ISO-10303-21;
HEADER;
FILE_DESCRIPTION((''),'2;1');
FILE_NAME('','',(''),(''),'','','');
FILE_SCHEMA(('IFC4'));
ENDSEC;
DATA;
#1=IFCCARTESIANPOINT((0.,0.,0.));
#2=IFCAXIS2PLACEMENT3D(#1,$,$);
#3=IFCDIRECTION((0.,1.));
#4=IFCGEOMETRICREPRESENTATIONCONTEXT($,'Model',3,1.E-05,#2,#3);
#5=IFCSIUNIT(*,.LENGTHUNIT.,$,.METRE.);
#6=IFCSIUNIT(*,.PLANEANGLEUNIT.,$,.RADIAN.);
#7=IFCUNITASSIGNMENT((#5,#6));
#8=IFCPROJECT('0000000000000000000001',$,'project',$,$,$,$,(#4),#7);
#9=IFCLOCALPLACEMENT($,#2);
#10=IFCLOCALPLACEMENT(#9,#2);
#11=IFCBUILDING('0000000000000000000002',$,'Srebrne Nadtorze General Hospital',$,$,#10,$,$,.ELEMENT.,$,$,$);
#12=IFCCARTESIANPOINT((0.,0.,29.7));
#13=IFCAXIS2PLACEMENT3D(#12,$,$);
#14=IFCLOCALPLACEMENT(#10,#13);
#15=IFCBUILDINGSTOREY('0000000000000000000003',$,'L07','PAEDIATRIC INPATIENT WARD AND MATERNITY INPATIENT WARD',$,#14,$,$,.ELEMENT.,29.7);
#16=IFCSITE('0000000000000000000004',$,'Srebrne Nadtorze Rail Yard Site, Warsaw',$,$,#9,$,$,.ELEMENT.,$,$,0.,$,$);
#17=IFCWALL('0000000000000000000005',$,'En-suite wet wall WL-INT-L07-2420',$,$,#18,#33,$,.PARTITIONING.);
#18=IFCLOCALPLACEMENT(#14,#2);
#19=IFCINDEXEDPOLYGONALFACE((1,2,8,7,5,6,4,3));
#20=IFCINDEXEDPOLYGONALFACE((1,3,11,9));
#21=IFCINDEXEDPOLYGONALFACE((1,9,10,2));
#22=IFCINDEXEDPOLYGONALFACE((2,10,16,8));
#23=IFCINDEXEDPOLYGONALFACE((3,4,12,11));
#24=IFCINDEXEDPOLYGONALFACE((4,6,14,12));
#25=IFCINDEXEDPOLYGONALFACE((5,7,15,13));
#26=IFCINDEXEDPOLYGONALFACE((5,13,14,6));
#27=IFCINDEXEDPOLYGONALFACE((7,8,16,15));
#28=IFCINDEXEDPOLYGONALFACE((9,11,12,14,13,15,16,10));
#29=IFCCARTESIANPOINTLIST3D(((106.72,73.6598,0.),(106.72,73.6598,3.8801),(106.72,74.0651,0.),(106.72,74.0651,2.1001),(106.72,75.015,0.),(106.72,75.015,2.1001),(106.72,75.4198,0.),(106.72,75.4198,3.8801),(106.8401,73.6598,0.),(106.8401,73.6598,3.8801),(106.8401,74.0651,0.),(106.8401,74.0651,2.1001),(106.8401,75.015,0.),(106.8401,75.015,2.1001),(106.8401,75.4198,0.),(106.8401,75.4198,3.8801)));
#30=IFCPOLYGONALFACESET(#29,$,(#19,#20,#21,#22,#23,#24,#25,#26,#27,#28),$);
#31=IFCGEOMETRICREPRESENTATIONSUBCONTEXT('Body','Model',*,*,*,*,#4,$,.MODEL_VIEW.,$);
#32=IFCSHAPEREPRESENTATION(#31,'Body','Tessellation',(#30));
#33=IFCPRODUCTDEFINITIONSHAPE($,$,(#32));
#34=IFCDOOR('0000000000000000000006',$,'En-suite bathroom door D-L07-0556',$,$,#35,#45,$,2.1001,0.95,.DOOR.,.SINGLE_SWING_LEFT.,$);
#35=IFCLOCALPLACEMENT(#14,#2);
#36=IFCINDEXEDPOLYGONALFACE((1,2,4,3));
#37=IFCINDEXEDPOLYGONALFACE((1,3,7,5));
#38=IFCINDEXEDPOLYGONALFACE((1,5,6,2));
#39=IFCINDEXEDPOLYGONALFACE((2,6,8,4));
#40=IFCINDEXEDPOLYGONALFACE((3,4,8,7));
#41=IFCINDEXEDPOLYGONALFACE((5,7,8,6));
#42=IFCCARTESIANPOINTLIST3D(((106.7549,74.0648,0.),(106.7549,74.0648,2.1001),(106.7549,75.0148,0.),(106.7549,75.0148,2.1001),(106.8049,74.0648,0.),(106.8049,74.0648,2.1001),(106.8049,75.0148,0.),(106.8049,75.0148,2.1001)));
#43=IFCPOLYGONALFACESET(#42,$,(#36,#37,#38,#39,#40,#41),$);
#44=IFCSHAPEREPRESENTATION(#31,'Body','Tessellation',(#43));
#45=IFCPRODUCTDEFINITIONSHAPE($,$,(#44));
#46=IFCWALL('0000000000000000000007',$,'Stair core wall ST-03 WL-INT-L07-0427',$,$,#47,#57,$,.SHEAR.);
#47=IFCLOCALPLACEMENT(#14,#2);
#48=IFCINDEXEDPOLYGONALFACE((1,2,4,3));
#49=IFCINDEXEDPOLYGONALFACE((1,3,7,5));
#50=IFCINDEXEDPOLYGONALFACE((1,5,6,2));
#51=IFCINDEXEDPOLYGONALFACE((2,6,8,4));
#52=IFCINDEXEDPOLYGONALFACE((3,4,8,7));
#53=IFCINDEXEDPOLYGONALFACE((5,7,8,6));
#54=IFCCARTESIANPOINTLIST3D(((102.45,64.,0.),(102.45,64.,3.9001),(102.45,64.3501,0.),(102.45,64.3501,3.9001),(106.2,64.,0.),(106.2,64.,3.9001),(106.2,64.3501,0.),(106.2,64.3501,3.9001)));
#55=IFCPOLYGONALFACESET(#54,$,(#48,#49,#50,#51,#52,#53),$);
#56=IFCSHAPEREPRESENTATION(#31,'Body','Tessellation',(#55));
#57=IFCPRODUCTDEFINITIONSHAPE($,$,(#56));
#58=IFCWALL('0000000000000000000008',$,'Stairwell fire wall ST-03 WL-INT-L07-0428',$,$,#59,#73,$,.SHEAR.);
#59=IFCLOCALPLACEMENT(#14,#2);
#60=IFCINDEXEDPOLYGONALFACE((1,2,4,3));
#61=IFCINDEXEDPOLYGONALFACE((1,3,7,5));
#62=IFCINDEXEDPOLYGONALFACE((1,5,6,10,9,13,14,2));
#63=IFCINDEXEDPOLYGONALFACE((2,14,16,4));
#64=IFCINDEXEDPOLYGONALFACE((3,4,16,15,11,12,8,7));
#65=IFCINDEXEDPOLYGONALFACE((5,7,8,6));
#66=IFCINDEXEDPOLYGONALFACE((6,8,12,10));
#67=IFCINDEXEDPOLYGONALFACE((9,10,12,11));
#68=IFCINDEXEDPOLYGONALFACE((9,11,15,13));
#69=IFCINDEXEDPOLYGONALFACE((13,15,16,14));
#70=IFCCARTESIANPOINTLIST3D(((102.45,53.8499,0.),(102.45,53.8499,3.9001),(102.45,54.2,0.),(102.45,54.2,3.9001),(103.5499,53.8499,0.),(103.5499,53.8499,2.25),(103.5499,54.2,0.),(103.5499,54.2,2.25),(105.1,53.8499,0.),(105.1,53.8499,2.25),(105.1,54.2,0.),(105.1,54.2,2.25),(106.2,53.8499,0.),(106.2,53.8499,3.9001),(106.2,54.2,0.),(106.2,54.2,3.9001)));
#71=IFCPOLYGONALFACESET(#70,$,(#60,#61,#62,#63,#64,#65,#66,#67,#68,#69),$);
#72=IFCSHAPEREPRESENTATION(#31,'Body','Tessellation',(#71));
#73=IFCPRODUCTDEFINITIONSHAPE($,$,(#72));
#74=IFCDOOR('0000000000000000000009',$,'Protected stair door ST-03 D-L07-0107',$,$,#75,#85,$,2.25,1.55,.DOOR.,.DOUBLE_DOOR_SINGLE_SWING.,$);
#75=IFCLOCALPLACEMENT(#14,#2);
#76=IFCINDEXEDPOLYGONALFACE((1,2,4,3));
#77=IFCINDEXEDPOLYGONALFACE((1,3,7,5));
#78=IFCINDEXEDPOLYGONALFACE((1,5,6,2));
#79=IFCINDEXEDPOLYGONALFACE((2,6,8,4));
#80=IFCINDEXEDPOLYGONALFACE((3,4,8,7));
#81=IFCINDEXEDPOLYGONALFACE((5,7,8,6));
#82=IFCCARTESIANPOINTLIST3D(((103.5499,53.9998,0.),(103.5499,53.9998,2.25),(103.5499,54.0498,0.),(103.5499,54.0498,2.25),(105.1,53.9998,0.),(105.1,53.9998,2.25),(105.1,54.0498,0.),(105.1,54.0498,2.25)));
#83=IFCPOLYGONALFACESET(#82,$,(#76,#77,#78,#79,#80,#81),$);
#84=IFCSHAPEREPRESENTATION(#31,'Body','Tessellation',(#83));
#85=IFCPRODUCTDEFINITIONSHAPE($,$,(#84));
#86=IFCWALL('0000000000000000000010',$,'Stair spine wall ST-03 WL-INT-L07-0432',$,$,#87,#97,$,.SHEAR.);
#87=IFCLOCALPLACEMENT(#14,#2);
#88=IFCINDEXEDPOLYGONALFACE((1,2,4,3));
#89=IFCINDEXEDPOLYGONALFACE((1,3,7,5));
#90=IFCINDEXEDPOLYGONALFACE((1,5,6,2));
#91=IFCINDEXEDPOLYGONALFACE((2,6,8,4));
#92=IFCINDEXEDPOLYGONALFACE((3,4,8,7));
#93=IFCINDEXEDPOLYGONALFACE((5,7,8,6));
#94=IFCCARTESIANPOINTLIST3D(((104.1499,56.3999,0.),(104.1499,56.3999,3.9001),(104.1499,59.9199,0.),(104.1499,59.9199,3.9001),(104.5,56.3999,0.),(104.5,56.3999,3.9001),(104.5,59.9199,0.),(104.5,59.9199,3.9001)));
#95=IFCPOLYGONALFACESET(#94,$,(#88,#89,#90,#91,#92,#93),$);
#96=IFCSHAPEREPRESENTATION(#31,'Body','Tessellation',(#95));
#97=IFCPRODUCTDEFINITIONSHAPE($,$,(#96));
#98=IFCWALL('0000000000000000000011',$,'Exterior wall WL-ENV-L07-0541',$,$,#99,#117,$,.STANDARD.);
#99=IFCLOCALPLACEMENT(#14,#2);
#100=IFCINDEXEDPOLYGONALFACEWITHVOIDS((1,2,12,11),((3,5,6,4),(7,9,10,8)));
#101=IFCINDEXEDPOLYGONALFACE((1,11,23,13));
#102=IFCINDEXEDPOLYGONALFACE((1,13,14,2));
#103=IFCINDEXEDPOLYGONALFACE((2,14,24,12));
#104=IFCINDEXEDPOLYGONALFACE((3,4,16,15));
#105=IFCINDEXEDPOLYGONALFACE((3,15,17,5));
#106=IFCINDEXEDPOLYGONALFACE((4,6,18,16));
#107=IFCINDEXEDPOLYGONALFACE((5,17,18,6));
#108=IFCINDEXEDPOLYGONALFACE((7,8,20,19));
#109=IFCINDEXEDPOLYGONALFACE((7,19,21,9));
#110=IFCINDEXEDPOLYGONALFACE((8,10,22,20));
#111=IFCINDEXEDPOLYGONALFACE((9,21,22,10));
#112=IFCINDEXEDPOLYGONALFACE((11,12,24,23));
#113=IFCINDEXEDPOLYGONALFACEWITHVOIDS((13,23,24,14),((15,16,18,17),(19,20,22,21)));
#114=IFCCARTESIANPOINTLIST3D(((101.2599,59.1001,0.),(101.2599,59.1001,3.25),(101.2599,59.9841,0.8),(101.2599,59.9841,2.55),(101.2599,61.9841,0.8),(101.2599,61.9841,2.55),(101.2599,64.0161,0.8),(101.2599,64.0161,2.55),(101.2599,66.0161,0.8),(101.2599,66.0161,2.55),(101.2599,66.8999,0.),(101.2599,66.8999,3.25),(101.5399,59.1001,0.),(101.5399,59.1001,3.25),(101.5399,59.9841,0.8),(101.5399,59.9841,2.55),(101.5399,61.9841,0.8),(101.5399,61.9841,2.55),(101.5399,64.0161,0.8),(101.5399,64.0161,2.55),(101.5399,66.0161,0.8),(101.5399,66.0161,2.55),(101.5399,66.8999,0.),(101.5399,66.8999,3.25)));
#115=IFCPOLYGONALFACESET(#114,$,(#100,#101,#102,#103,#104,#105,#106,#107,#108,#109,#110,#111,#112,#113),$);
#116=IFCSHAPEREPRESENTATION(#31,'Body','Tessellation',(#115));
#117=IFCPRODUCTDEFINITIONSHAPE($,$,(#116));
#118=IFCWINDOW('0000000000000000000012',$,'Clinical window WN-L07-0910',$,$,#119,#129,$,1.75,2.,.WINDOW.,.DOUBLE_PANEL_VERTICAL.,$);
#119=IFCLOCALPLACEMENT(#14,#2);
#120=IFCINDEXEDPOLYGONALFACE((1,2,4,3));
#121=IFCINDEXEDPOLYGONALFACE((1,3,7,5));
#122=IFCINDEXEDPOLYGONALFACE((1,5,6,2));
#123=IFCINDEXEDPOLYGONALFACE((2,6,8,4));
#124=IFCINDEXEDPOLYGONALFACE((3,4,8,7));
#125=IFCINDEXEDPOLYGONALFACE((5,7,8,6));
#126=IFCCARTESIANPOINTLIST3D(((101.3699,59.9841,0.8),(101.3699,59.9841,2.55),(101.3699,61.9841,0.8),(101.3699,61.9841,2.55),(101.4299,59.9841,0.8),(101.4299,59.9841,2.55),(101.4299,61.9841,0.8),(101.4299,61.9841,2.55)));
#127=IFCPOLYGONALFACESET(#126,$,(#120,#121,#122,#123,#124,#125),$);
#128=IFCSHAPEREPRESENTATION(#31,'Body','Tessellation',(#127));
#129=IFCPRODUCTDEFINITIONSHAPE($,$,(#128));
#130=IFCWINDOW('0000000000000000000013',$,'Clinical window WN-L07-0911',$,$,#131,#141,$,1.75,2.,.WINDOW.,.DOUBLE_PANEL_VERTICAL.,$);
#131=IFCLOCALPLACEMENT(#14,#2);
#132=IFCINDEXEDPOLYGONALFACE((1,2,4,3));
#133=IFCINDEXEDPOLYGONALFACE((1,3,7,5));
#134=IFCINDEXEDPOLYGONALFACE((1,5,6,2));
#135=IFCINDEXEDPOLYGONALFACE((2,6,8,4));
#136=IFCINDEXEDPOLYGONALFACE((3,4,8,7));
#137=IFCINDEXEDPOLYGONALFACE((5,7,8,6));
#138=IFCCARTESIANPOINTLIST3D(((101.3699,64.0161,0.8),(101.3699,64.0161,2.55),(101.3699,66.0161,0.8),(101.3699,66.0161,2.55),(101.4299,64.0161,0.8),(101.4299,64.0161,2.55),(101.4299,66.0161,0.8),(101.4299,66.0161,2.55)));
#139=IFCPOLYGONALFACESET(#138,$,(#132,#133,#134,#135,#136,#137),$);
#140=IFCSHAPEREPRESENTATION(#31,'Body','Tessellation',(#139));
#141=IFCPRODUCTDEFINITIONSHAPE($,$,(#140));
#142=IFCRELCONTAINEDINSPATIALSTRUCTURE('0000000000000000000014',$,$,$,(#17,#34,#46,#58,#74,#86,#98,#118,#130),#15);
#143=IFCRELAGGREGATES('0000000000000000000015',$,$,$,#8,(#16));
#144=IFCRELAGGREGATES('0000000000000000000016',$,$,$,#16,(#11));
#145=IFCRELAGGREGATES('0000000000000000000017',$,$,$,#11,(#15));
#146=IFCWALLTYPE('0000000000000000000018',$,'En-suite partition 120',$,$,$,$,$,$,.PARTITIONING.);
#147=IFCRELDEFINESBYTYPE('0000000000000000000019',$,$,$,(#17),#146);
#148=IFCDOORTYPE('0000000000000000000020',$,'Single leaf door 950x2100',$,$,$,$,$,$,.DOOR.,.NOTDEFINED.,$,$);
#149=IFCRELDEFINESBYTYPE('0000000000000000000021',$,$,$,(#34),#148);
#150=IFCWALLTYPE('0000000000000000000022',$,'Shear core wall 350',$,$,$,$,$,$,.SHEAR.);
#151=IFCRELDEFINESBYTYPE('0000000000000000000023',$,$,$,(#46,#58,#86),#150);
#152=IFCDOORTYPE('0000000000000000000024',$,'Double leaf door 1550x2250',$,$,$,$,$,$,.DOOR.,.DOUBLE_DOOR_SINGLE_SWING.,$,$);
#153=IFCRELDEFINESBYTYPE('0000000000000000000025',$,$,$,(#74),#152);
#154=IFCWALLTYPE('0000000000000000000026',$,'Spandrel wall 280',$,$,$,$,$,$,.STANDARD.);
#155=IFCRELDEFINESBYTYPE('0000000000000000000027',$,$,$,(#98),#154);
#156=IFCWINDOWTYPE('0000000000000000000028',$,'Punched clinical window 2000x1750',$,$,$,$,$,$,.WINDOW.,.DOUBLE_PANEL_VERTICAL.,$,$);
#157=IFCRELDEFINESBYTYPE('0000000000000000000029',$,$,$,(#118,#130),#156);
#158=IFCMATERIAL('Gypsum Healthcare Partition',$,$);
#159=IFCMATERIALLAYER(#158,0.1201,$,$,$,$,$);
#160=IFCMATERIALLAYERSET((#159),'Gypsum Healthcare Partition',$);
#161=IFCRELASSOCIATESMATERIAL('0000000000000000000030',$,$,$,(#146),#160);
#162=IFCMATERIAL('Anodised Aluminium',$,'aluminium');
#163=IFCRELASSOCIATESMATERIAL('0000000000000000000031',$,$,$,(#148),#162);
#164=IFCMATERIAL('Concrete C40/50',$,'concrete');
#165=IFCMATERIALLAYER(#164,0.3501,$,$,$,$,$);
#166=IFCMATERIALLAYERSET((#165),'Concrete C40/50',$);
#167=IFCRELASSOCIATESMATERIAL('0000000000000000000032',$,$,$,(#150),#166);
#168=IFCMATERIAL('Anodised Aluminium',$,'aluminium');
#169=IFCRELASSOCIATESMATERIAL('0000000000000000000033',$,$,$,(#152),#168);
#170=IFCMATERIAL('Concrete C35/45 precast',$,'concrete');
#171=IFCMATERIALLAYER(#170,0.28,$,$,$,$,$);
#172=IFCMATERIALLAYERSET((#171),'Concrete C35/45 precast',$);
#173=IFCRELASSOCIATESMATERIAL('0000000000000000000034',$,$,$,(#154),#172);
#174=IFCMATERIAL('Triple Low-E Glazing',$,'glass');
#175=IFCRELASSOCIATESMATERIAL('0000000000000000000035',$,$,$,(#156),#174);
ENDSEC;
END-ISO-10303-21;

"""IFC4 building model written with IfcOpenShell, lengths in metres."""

from ifc_helpers import new_model, si_unit, direction, frame, frame_2d, origin, place, context, subcontext, project, spatial, rectangle, extrude, material, layer, layer_set, type_object, element, fill, save


model = new_model("IFC4")

# Units and contexts
model_context = context("Model", 3, precision=1e-05, world=origin(), true_north=direction((0.0, 1.0)))
body_context = subcontext(model_context, "Body", "Model", "MODEL_VIEW")
ifc_project = project(units=[si_unit("LENGTHUNIT", "METRE"), si_unit("PLANEANGLEUNIT", "RADIAN")], contexts=[model_context])

# Site, building, storey
site_placement = place(None, origin())
site = spatial("IfcSite", under=ifc_project, at=site_placement, Name="Srebrne Nadtorze Rail Yard Site, Warsaw", CompositionType="ELEMENT", RefElevation=0.0)
building_placement = place(site_placement, origin())
building = spatial("IfcBuilding", under=site, at=building_placement, Name="Srebrne Nadtorze General Hospital", CompositionType="ELEMENT")
storey_placement = place(building_placement, frame((0.0, 0.0, 29.7)))
storey = spatial("IfcBuildingStorey", under=building, at=storey_placement, Name="L07", Description="PAEDIATRIC INPATIENT WARD AND MATERNITY INPATIENT WARD", CompositionType="ELEMENT", Elevation=29.7)

# Shared definitions
ifc_material_1 = material(Name="Gypsum Healthcare Partition")
ifc_layer_1 = layer(ifc_material_1, 0.1201)
ifc_layer_set_1 = layer_set([ifc_layer_1], Name="Gypsum Healthcare Partition")
wall_type_1 = type_object("IfcWallType", Name="En-suite partition 120", PredefinedType="PARTITIONING", material=ifc_layer_set_1)

# Wall, opening, door
wall_1_placement = place(storey_placement, frame((106.78, 73.6599, 0.0), z_axis=(0.0, 0.0, 1.0), x_axis=(0.0, 1.0, 0.0)))
wall_1 = element("IfcWall", 1, at=wall_1_placement, inside=storey, type_object=wall_type_1, Name="En-suite wet wall WL-INT-L07-2420", PredefinedType="PARTITIONING", context=body_context, shape_type="SweptSolid", body=[
    extrude(rectangle(XDim=1.76, YDim=0.1201, at=frame_2d((0.8799, 0.0))), origin(), (0.0, 0.0, 1.0), 3.8801),
])
opening_1_placement = place(wall_1_placement, frame((0.405, 0.0, 0.0)))
opening_1 = element("IfcOpeningElement", 2, at=opening_1_placement, cuts=wall_1, PredefinedType="OPENING", context=body_context, shape_type="SweptSolid", body=[
    extrude(rectangle(XDim=0.95, YDim=2.1001, at=frame_2d((0.4751, 1.05))), frame((0.0, 0.072, 0.0), z_axis=(0.0, -1.0, 0.0), x_axis=(1.0, 0.0, 0.0)), (0.0, 0.0, 1.0), 0.144),
])
ifc_material_2 = material(Name="Anodised Aluminium", Category="aluminium")
door_type_1 = type_object("IfcDoorType", Name="Single leaf door 950x2100", OperationType="NOTDEFINED", PredefinedType="DOOR", material=ifc_material_2)
door_1_placement = place(opening_1_placement, frame((0.95, 0.0, 0.0), z_axis=(0.0, 0.0, 1.0), x_axis=(-1.0, 0.0, 0.0)))
door_1 = element("IfcDoor", 3, at=door_1_placement, inside=storey, type_object=door_type_1, Name="En-suite bathroom door D-L07-0556", OperationType="SINGLE_SWING_LEFT", OverallHeight=2.1001, OverallWidth=0.95, PredefinedType="DOOR", context=body_context, shape_type="SweptSolid", body=[
    extrude(rectangle(XDim=0.95, YDim=2.1001, at=frame_2d((0.4751, 1.05))), frame((0.0, 0.0249, 0.0), z_axis=(0.0, -1.0, 0.0), x_axis=(1.0, 0.0, 0.0)), (0.0, 0.0, 1.0), 0.05),
])
fill(opening_1, door_1)

# Wall
ifc_material_3 = material(Name="Concrete C40/50", Category="concrete")
ifc_layer_2 = layer(ifc_material_3, 0.3501)
ifc_layer_set_2 = layer_set([ifc_layer_2], Name="Concrete C40/50")
wall_type_2 = type_object("IfcWallType", Name="Shear core wall 350", PredefinedType="SHEAR", material=ifc_layer_set_2)
wall_2_placement = place(storey_placement, frame((102.45, 64.175, 0.0), z_axis=(0.0, 0.0, 1.0), x_axis=(1.0, 0.0, 0.0)))
element("IfcWall", 4, at=wall_2_placement, inside=storey, type_object=wall_type_2, Name="Stair core wall ST-03 WL-INT-L07-0427", PredefinedType="SHEAR", context=body_context, shape_type="SweptSolid", body=[
    extrude(rectangle(XDim=3.75, YDim=0.3501, at=frame_2d((1.875, 0.0))), origin(), (0.0, 0.0, 1.0), 3.9001),
])

# Wall, opening, door
wall_3_placement = place(storey_placement, frame((102.45, 54.0249, 0.0), z_axis=(0.0, 0.0, 1.0), x_axis=(1.0, 0.0, 0.0)))
wall_3 = element("IfcWall", 5, at=wall_3_placement, inside=storey, type_object=wall_type_2, Name="Stairwell fire wall ST-03 WL-INT-L07-0428", PredefinedType="SHEAR", context=body_context, shape_type="SweptSolid", body=[
    extrude(rectangle(XDim=3.75, YDim=0.3501, at=frame_2d((1.875, 0.0))), origin(), (0.0, 0.0, 1.0), 3.9001),
])
opening_2_placement = place(wall_3_placement, frame((1.1001, 0.0, 0.0)))
opening_2 = element("IfcOpeningElement", 6, at=opening_2_placement, cuts=wall_3, PredefinedType="OPENING", context=body_context, shape_type="SweptSolid", body=[
    extrude(rectangle(XDim=1.55, YDim=2.25, at=frame_2d((0.7749, 1.125))), frame((0.0, 0.187, 0.0), z_axis=(0.0, -1.0, 0.0), x_axis=(1.0, 0.0, 0.0)), (0.0, 0.0, 1.0), 0.374),
])
ifc_material_4 = material(Name="Anodised Aluminium", Category="aluminium")
door_type_2 = type_object("IfcDoorType", Name="Double leaf door 1550x2250", OperationType="DOUBLE_DOOR_SINGLE_SWING", PredefinedType="DOOR", material=ifc_material_4)
door_2_placement = place(opening_2_placement, origin())
door_2 = element("IfcDoor", 7, at=door_2_placement, inside=storey, type_object=door_type_2, Name="Protected stair door ST-03 D-L07-0107", OperationType="DOUBLE_DOOR_SINGLE_SWING", OverallHeight=2.25, OverallWidth=1.55, PredefinedType="DOOR", context=body_context, shape_type="SweptSolid", body=[
    extrude(rectangle(XDim=1.55, YDim=2.25, at=frame_2d((0.7749, 1.125))), frame((0.0, 0.0249, 0.0), z_axis=(0.0, -1.0, 0.0), x_axis=(1.0, 0.0, 0.0)), (0.0, 0.0, 1.0), 0.05),
])
fill(opening_2, door_2)

# Wall
wall_4_placement = place(storey_placement, frame((104.325, 56.3999, 0.0), z_axis=(0.0, 0.0, 1.0), x_axis=(0.0, 1.0, 0.0)))
element("IfcWall", 8, at=wall_4_placement, inside=storey, type_object=wall_type_2, Name="Stair spine wall ST-03 WL-INT-L07-0432", PredefinedType="SHEAR", context=body_context, shape_type="SweptSolid", body=[
    extrude(rectangle(XDim=3.52, YDim=0.3501, at=frame_2d((1.76, 0.0))), origin(), (0.0, 0.0, 1.0), 3.9001),
])

# Wall, openings, windows
ifc_material_5 = material(Name="Concrete C35/45 precast", Category="concrete")
ifc_layer_3 = layer(ifc_material_5, 0.28)
ifc_layer_set_3 = layer_set([ifc_layer_3], Name="Concrete C35/45 precast")
wall_type_3 = type_object("IfcWallType", Name="Spandrel wall 280", PredefinedType="STANDARD", material=ifc_layer_set_3)
wall_5_placement = place(storey_placement, frame((101.3999, 59.1001, 0.0), z_axis=(0.0, 0.0, 1.0), x_axis=(0.0, 1.0, 0.0)))
wall_5 = element("IfcWall", 9, at=wall_5_placement, inside=storey, type_object=wall_type_3, Name="Exterior wall WL-ENV-L07-0541", PredefinedType="STANDARD", context=body_context, shape_type="SweptSolid", body=[
    extrude(rectangle(XDim=7.7998, YDim=0.28, at=frame_2d((3.8999, 0.0))), origin(), (0.0, 0.0, 1.0), 3.25),
])
opening_3_placement = place(wall_5_placement, frame((0.884, 0.0, 0.8)))
opening_3 = element("IfcOpeningElement", 10, at=opening_3_placement, cuts=wall_5, PredefinedType="OPENING", context=body_context, shape_type="SweptSolid", body=[
    extrude(rectangle(XDim=2.0, YDim=1.75, at=frame_2d((1.0, 0.875))), frame((0.0, 0.1519, 0.0), z_axis=(0.0, -1.0, 0.0), x_axis=(1.0, 0.0, 0.0)), (0.0, 0.0, 1.0), 0.304),
])
opening_4_placement = place(wall_5_placement, frame((4.916, 0.0, 0.8)))
opening_4 = element("IfcOpeningElement", 11, at=opening_4_placement, cuts=wall_5, PredefinedType="OPENING", context=body_context, shape_type="SweptSolid", body=[
    extrude(rectangle(XDim=2.0, YDim=1.75, at=frame_2d((1.0, 0.875))), frame((0.0, 0.1519, 0.0), z_axis=(0.0, -1.0, 0.0), x_axis=(1.0, 0.0, 0.0)), (0.0, 0.0, 1.0), 0.304),
])
ifc_material_6 = material(Name="Triple Low-E Glazing", Category="glass")
window_type_1 = type_object("IfcWindowType", Name="Punched clinical window 2000x1750", PartitioningType="DOUBLE_PANEL_VERTICAL", PredefinedType="WINDOW", material=ifc_material_6)
window_1_placement = place(opening_3_placement, origin())
window_1 = element("IfcWindow", 12, at=window_1_placement, inside=storey, type_object=window_type_1, Name="Clinical window WN-L07-0910", OverallHeight=1.75, OverallWidth=2.0, PartitioningType="DOUBLE_PANEL_VERTICAL", PredefinedType="WINDOW", context=body_context, shape_type="SweptSolid", body=[
    extrude(rectangle(XDim=2.0, YDim=1.75, at=frame_2d((1.0, 0.875))), frame((0.0, 0.03, 0.0), z_axis=(0.0, -1.0, 0.0), x_axis=(1.0, 0.0, 0.0)), (0.0, 0.0, 1.0), 0.0601),
])
fill(opening_3, window_1)
window_2_placement = place(opening_4_placement, origin())
window_2 = element("IfcWindow", 13, at=window_2_placement, inside=storey, type_object=window_type_1, Name="Clinical window WN-L07-0911", OverallHeight=1.75, OverallWidth=2.0, PartitioningType="DOUBLE_PANEL_VERTICAL", PredefinedType="WINDOW", context=body_context, shape_type="SweptSolid", body=[
    extrude(rectangle(XDim=2.0, YDim=1.75, at=frame_2d((1.0, 0.875))), frame((0.0, 0.03, 0.0), z_axis=(0.0, -1.0, 0.0), x_axis=(1.0, 0.0, 0.0)), (0.0, 0.0, 1.0), 0.0601),
])
fill(opening_4, window_2)

save(model, "model.ifc")
